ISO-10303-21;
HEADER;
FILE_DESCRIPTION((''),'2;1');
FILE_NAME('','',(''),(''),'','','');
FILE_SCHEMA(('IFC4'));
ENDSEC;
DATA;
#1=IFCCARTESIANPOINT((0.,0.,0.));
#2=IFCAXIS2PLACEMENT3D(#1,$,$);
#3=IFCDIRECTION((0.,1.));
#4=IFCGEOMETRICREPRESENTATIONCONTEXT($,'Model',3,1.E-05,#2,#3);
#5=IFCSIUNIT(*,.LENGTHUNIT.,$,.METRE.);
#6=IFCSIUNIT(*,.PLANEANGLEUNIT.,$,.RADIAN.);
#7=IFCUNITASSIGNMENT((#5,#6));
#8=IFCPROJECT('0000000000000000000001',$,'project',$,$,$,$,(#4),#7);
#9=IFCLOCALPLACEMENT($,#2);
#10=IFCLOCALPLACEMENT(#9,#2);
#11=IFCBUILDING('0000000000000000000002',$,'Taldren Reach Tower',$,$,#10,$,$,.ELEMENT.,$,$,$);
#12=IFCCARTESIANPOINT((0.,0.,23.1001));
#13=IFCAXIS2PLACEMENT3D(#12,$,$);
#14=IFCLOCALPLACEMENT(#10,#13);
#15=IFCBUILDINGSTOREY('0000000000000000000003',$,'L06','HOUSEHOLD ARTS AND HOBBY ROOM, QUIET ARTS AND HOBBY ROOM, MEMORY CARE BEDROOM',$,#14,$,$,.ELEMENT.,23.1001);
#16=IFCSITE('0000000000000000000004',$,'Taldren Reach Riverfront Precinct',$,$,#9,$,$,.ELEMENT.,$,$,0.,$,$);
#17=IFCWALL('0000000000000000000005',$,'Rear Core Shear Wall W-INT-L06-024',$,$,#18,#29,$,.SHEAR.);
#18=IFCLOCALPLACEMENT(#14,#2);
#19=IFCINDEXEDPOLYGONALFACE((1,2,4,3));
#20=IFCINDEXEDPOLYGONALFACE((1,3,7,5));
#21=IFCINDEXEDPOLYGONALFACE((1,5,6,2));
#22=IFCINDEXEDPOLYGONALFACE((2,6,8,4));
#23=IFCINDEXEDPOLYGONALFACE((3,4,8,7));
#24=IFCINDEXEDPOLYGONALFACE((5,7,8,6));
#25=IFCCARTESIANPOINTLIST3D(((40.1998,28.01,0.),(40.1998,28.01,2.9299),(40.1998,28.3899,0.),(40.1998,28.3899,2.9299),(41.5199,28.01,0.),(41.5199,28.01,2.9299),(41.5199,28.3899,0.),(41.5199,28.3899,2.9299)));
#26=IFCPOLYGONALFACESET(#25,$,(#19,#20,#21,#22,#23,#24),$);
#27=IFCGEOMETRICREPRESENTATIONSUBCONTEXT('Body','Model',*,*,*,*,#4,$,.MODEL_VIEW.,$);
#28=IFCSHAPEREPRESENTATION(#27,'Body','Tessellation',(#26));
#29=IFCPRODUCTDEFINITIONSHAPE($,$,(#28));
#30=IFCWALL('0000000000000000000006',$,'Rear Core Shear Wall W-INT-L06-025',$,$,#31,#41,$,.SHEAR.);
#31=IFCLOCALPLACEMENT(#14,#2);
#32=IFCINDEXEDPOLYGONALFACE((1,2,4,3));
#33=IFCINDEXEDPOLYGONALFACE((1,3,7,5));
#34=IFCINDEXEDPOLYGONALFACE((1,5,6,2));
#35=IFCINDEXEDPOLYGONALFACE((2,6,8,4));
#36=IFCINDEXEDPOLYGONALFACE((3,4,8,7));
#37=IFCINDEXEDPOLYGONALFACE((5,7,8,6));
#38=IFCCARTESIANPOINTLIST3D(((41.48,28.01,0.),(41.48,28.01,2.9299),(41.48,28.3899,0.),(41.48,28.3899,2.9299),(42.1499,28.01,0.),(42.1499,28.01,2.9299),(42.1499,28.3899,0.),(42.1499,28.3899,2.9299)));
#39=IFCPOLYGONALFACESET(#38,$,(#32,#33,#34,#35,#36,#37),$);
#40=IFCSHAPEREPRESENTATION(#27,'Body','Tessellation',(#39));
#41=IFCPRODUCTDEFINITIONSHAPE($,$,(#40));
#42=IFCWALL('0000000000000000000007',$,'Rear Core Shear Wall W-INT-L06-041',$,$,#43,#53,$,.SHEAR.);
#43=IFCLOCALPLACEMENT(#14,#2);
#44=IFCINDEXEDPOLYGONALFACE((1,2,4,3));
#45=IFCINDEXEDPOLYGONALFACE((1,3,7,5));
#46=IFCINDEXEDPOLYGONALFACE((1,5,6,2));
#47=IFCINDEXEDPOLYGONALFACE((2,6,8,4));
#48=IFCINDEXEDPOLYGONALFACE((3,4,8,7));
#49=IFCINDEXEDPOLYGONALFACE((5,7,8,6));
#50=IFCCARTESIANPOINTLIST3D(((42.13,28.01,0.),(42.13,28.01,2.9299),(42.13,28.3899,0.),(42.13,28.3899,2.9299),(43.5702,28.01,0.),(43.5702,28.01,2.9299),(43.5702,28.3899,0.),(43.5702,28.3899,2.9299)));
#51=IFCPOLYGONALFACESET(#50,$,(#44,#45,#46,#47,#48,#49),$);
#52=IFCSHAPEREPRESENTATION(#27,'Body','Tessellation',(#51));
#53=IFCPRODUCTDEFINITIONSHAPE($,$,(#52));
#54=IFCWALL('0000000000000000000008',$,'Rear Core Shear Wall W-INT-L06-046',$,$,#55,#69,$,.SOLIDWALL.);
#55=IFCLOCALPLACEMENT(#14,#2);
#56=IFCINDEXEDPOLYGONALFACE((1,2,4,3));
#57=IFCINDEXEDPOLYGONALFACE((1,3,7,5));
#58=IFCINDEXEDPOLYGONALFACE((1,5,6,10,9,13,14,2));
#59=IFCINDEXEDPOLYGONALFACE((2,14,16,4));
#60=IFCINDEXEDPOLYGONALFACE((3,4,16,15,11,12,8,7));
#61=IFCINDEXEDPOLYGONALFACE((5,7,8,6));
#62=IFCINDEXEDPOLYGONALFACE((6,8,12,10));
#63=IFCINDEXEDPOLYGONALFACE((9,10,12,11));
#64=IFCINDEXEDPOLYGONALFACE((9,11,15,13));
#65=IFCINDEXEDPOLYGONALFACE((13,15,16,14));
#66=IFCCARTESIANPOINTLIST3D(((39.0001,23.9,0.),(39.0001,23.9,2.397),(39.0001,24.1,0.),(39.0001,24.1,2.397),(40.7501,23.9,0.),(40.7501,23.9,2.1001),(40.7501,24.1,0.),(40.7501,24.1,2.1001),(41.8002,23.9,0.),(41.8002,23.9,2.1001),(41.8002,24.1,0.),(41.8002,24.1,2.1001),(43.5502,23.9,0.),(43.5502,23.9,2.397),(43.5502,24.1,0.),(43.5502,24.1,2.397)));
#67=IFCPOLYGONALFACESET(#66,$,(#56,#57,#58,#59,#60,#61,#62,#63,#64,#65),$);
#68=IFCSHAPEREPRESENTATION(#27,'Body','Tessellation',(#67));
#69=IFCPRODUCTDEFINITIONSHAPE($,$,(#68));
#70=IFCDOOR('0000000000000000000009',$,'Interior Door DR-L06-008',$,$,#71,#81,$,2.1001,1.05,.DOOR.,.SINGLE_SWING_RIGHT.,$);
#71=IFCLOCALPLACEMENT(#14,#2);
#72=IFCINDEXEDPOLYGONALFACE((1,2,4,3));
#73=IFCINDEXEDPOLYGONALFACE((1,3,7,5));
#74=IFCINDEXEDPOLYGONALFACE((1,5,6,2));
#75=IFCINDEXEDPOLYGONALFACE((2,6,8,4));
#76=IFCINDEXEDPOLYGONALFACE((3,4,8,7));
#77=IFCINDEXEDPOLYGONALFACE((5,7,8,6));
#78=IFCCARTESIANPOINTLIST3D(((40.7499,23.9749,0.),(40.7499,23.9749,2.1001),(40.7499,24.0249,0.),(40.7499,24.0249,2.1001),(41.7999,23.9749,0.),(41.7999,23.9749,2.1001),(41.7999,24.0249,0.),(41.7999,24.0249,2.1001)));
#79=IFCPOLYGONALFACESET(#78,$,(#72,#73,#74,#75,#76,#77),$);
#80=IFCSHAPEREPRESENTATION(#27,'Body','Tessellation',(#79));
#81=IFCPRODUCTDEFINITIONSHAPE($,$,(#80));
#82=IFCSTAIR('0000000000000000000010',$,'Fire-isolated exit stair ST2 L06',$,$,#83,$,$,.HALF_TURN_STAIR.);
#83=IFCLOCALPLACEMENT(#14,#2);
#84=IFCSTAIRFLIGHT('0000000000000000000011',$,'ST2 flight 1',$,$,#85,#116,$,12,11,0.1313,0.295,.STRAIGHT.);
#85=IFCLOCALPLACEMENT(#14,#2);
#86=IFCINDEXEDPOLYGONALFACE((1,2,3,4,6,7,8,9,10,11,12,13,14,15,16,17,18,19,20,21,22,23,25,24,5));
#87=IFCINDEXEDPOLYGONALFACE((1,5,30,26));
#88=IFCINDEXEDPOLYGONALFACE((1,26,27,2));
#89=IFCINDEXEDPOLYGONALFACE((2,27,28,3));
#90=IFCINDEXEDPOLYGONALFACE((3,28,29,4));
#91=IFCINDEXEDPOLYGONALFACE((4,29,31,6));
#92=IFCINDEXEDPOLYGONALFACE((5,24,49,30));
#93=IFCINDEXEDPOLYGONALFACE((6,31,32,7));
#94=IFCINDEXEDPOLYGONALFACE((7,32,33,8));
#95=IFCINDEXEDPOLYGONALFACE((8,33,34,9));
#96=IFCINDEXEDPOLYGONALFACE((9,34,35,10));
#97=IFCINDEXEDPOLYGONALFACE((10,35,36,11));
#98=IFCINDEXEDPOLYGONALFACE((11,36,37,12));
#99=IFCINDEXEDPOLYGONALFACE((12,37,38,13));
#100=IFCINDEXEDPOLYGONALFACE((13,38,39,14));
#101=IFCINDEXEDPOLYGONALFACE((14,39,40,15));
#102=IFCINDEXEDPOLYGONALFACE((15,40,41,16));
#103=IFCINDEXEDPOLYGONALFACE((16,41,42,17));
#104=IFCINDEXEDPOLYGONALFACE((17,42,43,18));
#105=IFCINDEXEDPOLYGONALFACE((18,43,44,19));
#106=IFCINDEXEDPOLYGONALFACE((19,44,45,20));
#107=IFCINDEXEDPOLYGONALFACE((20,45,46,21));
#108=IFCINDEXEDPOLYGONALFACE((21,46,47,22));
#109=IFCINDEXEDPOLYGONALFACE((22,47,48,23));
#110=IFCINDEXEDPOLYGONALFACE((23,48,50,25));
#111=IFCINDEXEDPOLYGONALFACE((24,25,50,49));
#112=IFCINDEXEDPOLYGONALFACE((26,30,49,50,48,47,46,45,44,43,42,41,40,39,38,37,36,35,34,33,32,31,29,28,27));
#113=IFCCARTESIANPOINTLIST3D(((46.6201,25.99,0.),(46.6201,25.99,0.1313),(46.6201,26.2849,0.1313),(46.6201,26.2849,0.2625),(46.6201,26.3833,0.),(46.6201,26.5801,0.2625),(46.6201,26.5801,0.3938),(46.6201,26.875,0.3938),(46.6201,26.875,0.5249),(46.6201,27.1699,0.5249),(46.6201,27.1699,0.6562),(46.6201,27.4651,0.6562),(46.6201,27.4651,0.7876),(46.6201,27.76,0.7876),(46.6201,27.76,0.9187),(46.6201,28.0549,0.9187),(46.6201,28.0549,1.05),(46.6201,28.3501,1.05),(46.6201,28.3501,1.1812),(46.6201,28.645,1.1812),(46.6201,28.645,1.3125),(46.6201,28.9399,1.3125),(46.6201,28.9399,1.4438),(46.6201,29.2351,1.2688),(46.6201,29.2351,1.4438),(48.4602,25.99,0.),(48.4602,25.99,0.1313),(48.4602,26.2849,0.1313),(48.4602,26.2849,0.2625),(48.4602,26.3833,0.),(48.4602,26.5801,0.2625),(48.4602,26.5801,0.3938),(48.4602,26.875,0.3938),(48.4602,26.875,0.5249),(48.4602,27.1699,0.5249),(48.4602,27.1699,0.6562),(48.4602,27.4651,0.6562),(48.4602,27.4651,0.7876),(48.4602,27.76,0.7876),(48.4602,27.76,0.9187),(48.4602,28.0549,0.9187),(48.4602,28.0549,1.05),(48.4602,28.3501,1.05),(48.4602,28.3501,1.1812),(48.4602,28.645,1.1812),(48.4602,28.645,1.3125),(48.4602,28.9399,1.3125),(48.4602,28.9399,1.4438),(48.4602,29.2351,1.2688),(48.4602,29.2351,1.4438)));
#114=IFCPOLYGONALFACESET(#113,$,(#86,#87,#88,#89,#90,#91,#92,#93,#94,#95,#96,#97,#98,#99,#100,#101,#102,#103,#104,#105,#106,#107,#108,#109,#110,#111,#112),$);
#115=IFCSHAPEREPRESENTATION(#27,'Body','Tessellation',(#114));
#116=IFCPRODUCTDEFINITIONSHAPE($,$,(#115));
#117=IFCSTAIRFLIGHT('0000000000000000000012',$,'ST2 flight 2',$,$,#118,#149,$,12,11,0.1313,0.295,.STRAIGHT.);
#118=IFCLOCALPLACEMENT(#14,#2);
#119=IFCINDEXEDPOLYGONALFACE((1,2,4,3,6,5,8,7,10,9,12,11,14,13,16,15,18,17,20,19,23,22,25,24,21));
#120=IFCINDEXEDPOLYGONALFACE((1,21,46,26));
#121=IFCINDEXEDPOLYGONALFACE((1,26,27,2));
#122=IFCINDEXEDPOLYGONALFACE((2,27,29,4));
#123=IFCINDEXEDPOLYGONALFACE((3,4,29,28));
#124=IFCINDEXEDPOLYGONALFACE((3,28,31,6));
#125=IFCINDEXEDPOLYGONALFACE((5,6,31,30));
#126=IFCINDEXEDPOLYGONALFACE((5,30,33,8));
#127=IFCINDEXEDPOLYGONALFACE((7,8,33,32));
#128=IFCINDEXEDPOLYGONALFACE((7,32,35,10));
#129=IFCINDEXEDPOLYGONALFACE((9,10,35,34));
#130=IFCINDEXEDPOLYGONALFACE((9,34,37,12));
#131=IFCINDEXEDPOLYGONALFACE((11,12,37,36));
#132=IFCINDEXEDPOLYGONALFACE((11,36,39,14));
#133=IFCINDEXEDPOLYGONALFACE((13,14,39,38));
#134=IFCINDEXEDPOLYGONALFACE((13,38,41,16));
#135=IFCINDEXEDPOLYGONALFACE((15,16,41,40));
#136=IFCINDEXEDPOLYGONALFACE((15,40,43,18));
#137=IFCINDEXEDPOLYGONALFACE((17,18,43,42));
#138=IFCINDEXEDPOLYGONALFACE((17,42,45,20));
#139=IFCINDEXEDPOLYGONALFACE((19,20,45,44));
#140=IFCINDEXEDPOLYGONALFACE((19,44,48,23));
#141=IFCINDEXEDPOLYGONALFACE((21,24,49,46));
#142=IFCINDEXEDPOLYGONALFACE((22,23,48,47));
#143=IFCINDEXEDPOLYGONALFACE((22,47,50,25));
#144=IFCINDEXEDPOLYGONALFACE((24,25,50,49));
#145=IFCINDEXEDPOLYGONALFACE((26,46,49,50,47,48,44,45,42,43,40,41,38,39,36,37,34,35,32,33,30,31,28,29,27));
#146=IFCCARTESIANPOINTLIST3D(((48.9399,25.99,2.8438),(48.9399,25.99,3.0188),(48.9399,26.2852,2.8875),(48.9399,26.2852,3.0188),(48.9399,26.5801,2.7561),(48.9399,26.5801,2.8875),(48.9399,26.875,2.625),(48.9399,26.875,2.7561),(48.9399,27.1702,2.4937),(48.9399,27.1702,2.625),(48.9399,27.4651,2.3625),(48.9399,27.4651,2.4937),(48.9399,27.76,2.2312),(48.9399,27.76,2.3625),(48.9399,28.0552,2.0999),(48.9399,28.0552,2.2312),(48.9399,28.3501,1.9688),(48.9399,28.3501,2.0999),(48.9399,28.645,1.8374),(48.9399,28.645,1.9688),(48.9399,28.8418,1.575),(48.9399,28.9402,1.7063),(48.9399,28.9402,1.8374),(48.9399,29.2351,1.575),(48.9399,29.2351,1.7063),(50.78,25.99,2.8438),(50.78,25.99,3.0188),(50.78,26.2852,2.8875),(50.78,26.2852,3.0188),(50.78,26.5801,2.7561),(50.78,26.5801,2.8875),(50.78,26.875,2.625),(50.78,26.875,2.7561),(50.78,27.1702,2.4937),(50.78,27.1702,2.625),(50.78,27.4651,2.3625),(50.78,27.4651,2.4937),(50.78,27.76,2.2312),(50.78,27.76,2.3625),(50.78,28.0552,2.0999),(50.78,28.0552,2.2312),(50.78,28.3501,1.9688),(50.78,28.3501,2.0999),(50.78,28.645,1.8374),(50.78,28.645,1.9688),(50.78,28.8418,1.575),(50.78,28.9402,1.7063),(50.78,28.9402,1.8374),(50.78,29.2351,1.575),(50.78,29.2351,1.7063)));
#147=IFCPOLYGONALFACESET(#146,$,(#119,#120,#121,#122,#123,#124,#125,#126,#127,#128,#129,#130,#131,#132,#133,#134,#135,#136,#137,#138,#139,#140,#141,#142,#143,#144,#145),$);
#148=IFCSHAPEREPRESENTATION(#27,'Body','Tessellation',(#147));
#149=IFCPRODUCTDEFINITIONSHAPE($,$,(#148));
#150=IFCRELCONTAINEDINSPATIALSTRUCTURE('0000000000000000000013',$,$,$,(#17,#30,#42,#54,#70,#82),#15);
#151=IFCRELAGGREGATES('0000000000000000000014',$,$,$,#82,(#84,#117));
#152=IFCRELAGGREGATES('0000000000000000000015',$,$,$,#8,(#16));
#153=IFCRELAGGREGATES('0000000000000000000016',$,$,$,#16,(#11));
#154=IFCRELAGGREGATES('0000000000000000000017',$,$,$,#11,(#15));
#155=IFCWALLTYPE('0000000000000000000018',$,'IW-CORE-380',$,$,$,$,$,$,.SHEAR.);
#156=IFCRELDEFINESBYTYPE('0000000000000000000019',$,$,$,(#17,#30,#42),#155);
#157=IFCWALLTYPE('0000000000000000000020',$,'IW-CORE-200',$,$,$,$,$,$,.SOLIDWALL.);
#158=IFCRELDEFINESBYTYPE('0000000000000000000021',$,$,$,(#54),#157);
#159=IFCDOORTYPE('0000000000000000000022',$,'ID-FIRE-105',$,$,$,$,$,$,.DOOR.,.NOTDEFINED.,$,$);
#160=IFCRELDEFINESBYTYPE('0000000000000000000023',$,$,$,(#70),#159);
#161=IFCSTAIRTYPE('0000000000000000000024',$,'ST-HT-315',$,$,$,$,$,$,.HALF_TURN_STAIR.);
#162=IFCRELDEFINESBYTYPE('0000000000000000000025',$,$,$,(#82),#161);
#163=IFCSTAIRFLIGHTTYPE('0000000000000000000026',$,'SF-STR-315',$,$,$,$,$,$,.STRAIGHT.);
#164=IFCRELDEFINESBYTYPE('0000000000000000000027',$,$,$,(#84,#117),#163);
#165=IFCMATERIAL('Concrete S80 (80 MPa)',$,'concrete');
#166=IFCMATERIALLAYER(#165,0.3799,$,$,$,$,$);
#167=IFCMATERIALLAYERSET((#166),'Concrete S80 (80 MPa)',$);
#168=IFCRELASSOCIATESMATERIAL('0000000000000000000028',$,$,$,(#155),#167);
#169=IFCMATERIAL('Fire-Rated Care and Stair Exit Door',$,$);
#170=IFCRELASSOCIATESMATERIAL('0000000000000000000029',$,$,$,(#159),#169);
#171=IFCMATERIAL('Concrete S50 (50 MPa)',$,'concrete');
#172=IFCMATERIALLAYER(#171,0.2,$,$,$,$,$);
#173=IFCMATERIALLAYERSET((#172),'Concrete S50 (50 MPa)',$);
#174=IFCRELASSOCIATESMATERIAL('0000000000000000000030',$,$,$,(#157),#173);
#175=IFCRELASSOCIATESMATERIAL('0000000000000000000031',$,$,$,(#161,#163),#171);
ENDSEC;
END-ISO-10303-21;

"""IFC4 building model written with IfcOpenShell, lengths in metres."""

from ifc_helpers import new_model, si_unit, direction, frame, frame_2d, origin, place, context, subcontext, project, spatial, polyline, rectangle, outline, extrude, source, transform, mapped, material, layer, layer_set, type_object, element, fill, aggregate, save


model = new_model("IFC4")

# Units and contexts
model_context = context("Model", 3, precision=1e-05, world=origin(), true_north=direction((0.0, 1.0)))
body_context = subcontext(model_context, "Body", "Model", "MODEL_VIEW")
ifc_project = project(units=[si_unit("LENGTHUNIT", "METRE"), si_unit("PLANEANGLEUNIT", "RADIAN")], contexts=[model_context])

# Site, building, storey
site_placement = place(None, origin())
site = spatial("IfcSite", under=ifc_project, at=site_placement, Name="Taldren Reach Riverfront Precinct", CompositionType="ELEMENT", RefElevation=0.0)
building_placement = place(site_placement, origin())
building = spatial("IfcBuilding", under=site, at=building_placement, Name="Taldren Reach Tower", CompositionType="ELEMENT")
storey_placement = place(building_placement, frame((0.0, 0.0, 23.1001)))
storey = spatial("IfcBuildingStorey", under=building, at=storey_placement, Name="L06", Description="HOUSEHOLD ARTS AND HOBBY ROOM, QUIET ARTS AND HOBBY ROOM, MEMORY CARE BEDROOM", CompositionType="ELEMENT", Elevation=23.1001)

# Shared definitions
ifc_material_1 = material(Name="Concrete S80 (80 MPa)", Category="concrete")
ifc_layer_1 = layer(ifc_material_1, 0.3799)
ifc_layer_set_1 = layer_set([ifc_layer_1], Name="Concrete S80 (80 MPa)")
wall_type_1 = type_object("IfcWallType", Name="IW-CORE-380", PredefinedType="SHEAR", material=ifc_layer_set_1)

# Shared definitions
ifc_material_2 = material(Name="Fire-Rated Care and Stair Exit Door")
door_type_1 = type_object("IfcDoorType", Name="ID-FIRE-105", OperationType="NOTDEFINED", PredefinedType="DOOR", material=ifc_material_2)
shared_shape_1 = source(origin(), body_context, "Body", "SweptSolid", [
    extrude(rectangle(XDim=1.05, YDim=2.1001, at=frame_2d((0.5249, 1.05))), frame((0.0, 0.0249, 0.0), z_axis=(0.0, -1.0, 0.0), x_axis=(1.0, 0.0, 0.0)), (0.0, 0.0, 1.0), 0.05),
])

# Shared definitions
ifc_material_3 = material(Name="Concrete S50 (50 MPa)", Category="concrete")
ifc_layer_2 = layer(ifc_material_3, 0.2)
ifc_layer_set_2 = layer_set([ifc_layer_2], Name="Concrete S50 (50 MPa)")
wall_type_2 = type_object("IfcWallType", Name="IW-CORE-200", PredefinedType="SOLIDWALL", material=ifc_layer_set_2)

# Shared definitions
shared_shape_2 = source(origin(), body_context, "Body", "SweptSolid", [
    extrude(rectangle(XDim=1.05, YDim=2.1001, at=frame_2d((0.5249, 1.05))), frame((0.0, 0.1099, 0.0), z_axis=(0.0, -1.0, 0.0), x_axis=(1.0, 0.0, 0.0)), (0.0, 0.0, 1.0), 0.22),
])

# Walls
shared_shape_3 = source(origin(), body_context, "Body", "SweptSolid", [
    extrude(rectangle(XDim=1.3201, YDim=0.3799, at=frame_2d((0.6602, 0.0))), origin(), (0.0, 0.0, 1.0), 2.9299),
])
wall_1_placement = place(storey_placement, frame((41.52, 28.2, 0.0), z_axis=(0.0, 0.0, 1.0), x_axis=(-1.0, 0.0, 0.0)))
element("IfcWall", 1, at=wall_1_placement, inside=storey, type_object=wall_type_1, Name="Rear Core Shear Wall W-INT-L06-024", PredefinedType="SHEAR", context=body_context, shape_type="MappedRepresentation", body=[
    mapped(shared_shape_3, transform((0.0, 0.0, 0.0), scale=1.0)),
])
shared_shape_4 = source(origin(), body_context, "Body", "SweptSolid", [
    extrude(rectangle(XDim=0.6699, YDim=0.3799, at=frame_2d((0.335, 0.0))), origin(), (0.0, 0.0, 1.0), 2.9299),
])
wall_2_placement = place(storey_placement, frame((42.1499, 28.2, 0.0), z_axis=(0.0, 0.0, 1.0), x_axis=(-1.0, 0.0, 0.0)))
element("IfcWall", 2, at=wall_2_placement, inside=storey, type_object=wall_type_1, Name="Rear Core Shear Wall W-INT-L06-025", PredefinedType="SHEAR", context=body_context, shape_type="MappedRepresentation", body=[
    mapped(shared_shape_4, transform((0.0, 0.0, 0.0), scale=1.0)),
])
shared_shape_5 = source(origin(), body_context, "Body", "SweptSolid", [
    extrude(rectangle(XDim=1.4402, YDim=0.3799, at=frame_2d((0.7202, 0.0))), origin(), (0.0, 0.0, 1.0), 2.9299),
])
wall_3_placement = place(storey_placement, frame((42.1299, 28.2, 0.0), z_axis=(0.0, 0.0, 1.0), x_axis=(1.0, 0.0, 0.0)))
element("IfcWall", 3, at=wall_3_placement, inside=storey, type_object=wall_type_1, Name="Rear Core Shear Wall W-INT-L06-041", PredefinedType="SHEAR", context=body_context, shape_type="MappedRepresentation", body=[
    mapped(shared_shape_5, transform((0.0, 0.0, 0.0), scale=1.0)),
])

# Wall, opening, door
shared_shape_6 = source(origin(), body_context, "Body", "SweptSolid", [
    extrude(rectangle(XDim=4.55, YDim=0.2, at=frame_2d((2.2749, 0.0))), origin(), (0.0, 0.0, 1.0), 2.397),
])
wall_4_placement = place(storey_placement, frame((43.55, 24.0, 0.0), z_axis=(0.0, 0.0, 1.0), x_axis=(-1.0, 0.0, 0.0)))
wall_4 = element("IfcWall", 4, at=wall_4_placement, inside=storey, type_object=wall_type_2, Name="Rear Core Shear Wall W-INT-L06-046", PredefinedType="SOLIDWALL", context=body_context, shape_type="MappedRepresentation", body=[
    mapped(shared_shape_6, transform((0.0, 0.0, 0.0), scale=1.0)),
])
opening_1_placement = place(wall_4_placement, frame((1.75, 0.0, 0.0)))
opening_1 = element("IfcOpeningElement", 5, at=opening_1_placement, cuts=wall_4, PredefinedType="OPENING", context=body_context, shape_type="MappedRepresentation", body=[
    mapped(shared_shape_2, transform((0.0, 0.0, 0.0), scale=1.0)),
])
door_1_placement = place(opening_1_placement, frame((1.05, 0.0, 0.0), z_axis=(0.0, 0.0, 1.0), x_axis=(-1.0, 0.0, 0.0)))
door_1 = element("IfcDoor", 6, at=door_1_placement, inside=storey, type_object=door_type_1, Name="Interior Door DR-L06-008", OperationType="SINGLE_SWING_RIGHT", OverallHeight=2.1001, OverallWidth=1.05, PredefinedType="DOOR", context=body_context, shape_type="MappedRepresentation", body=[
    mapped(shared_shape_1, transform((0.0, 0.0, 0.0), scale=1.0)),
])
fill(opening_1, door_1)

# Stair, stair flights
stair_type = type_object("IfcStairType", Name="ST-HT-315", PredefinedType="HALF_TURN_STAIR", material=ifc_material_3)
stair_placement = place(storey_placement, origin())
stair = element("IfcStair", 7, at=stair_placement, inside=storey, type_object=stair_type, Name="Fire-isolated exit stair ST2 L06", PredefinedType="HALF_TURN_STAIR")
stair_flight_type = type_object("IfcStairFlightType", Name="SF-STR-315", PredefinedType="STRAIGHT", material=ifc_material_3)
stair_flight_1_placement = place(storey_placement, frame((47.54, 25.99, 0.0), z_axis=(0.0, 0.0, 1.0), x_axis=(0.0, 1.0, 0.0)))
stair_flight_1 = element("IfcStairFlight", 8, at=stair_flight_1_placement, type_object=stair_flight_type, Name="ST2 flight 1", NumberOfRisers=12, NumberOfTreads=11, PredefinedType="STRAIGHT", RiserHeight=0.1313, TreadLength=0.295, context=body_context, shape_type="SweptSolid", body=[
    extrude(outline(polyline([(0.0, 0.0), (0.0, 0.1313), (0.2949, 0.1313), (0.2949, 0.2625), (0.5901, 0.2625), (0.5901, 0.3938), (0.885, 0.3938), (0.885, 0.5249), (1.1799, 0.5249), (1.1799, 0.6562), (1.4751, 0.6562), (1.4751, 0.7876), (1.77, 0.7876), (1.77, 0.9187), (2.0649, 0.9187), (2.0649, 1.05), (2.3601, 1.05), (2.3601, 1.1812), (2.655, 1.1812), (2.655, 1.3125), (2.95, 1.3125), (2.95, 1.4438), (3.2451, 1.4438), (3.2451, 1.575), (3.2451, 1.2688), (0.3933, 0.0), (0.0, 0.0)])), frame((0.0, 0.9199, 0.0), z_axis=(0.0, -1.0, 0.0), x_axis=(1.0, 0.0, 0.0)), (0.0, 0.0, 1.0), 1.8401),
])
stair_flight_2_placement = place(storey_placement, frame((49.8601, 29.2351, 1.575), z_axis=(0.0, 0.0, 1.0), x_axis=(0.0, -1.0, 0.0)))
stair_flight_2 = element("IfcStairFlight", 9, at=stair_flight_2_placement, type_object=stair_flight_type, Name="ST2 flight 2", NumberOfRisers=12, NumberOfTreads=11, PredefinedType="STRAIGHT", RiserHeight=0.1313, TreadLength=0.295, context=body_context, shape_type="SweptSolid", body=[
    extrude(outline(polyline([(0.0, 0.0), (0.0, 0.1313), (0.2949, 0.1313), (0.2949, 0.2625), (0.5901, 0.2625), (0.5901, 0.3938), (0.885, 0.3938), (0.885, 0.5249), (1.1799, 0.5249), (1.1799, 0.6562), (1.4751, 0.6562), (1.4751, 0.7876), (1.77, 0.7876), (1.77, 0.9187), (2.0649, 0.9187), (2.0649, 1.05), (2.3601, 1.05), (2.3601, 1.1812), (2.655, 1.1812), (2.655, 1.3125), (2.95, 1.3125), (2.95, 1.4438), (3.2451, 1.4438), (3.2451, 1.575), (3.2451, 1.2688), (0.3933, 0.0), (0.0, 0.0)])), frame((0.0, 0.9199, 0.0), z_axis=(0.0, -1.0, 0.0), x_axis=(1.0, 0.0, 0.0)), (0.0, 0.0, 1.0), 1.8401),
])
aggregate(stair, [stair_flight_1, stair_flight_2])

save(model, "model.ifc")
